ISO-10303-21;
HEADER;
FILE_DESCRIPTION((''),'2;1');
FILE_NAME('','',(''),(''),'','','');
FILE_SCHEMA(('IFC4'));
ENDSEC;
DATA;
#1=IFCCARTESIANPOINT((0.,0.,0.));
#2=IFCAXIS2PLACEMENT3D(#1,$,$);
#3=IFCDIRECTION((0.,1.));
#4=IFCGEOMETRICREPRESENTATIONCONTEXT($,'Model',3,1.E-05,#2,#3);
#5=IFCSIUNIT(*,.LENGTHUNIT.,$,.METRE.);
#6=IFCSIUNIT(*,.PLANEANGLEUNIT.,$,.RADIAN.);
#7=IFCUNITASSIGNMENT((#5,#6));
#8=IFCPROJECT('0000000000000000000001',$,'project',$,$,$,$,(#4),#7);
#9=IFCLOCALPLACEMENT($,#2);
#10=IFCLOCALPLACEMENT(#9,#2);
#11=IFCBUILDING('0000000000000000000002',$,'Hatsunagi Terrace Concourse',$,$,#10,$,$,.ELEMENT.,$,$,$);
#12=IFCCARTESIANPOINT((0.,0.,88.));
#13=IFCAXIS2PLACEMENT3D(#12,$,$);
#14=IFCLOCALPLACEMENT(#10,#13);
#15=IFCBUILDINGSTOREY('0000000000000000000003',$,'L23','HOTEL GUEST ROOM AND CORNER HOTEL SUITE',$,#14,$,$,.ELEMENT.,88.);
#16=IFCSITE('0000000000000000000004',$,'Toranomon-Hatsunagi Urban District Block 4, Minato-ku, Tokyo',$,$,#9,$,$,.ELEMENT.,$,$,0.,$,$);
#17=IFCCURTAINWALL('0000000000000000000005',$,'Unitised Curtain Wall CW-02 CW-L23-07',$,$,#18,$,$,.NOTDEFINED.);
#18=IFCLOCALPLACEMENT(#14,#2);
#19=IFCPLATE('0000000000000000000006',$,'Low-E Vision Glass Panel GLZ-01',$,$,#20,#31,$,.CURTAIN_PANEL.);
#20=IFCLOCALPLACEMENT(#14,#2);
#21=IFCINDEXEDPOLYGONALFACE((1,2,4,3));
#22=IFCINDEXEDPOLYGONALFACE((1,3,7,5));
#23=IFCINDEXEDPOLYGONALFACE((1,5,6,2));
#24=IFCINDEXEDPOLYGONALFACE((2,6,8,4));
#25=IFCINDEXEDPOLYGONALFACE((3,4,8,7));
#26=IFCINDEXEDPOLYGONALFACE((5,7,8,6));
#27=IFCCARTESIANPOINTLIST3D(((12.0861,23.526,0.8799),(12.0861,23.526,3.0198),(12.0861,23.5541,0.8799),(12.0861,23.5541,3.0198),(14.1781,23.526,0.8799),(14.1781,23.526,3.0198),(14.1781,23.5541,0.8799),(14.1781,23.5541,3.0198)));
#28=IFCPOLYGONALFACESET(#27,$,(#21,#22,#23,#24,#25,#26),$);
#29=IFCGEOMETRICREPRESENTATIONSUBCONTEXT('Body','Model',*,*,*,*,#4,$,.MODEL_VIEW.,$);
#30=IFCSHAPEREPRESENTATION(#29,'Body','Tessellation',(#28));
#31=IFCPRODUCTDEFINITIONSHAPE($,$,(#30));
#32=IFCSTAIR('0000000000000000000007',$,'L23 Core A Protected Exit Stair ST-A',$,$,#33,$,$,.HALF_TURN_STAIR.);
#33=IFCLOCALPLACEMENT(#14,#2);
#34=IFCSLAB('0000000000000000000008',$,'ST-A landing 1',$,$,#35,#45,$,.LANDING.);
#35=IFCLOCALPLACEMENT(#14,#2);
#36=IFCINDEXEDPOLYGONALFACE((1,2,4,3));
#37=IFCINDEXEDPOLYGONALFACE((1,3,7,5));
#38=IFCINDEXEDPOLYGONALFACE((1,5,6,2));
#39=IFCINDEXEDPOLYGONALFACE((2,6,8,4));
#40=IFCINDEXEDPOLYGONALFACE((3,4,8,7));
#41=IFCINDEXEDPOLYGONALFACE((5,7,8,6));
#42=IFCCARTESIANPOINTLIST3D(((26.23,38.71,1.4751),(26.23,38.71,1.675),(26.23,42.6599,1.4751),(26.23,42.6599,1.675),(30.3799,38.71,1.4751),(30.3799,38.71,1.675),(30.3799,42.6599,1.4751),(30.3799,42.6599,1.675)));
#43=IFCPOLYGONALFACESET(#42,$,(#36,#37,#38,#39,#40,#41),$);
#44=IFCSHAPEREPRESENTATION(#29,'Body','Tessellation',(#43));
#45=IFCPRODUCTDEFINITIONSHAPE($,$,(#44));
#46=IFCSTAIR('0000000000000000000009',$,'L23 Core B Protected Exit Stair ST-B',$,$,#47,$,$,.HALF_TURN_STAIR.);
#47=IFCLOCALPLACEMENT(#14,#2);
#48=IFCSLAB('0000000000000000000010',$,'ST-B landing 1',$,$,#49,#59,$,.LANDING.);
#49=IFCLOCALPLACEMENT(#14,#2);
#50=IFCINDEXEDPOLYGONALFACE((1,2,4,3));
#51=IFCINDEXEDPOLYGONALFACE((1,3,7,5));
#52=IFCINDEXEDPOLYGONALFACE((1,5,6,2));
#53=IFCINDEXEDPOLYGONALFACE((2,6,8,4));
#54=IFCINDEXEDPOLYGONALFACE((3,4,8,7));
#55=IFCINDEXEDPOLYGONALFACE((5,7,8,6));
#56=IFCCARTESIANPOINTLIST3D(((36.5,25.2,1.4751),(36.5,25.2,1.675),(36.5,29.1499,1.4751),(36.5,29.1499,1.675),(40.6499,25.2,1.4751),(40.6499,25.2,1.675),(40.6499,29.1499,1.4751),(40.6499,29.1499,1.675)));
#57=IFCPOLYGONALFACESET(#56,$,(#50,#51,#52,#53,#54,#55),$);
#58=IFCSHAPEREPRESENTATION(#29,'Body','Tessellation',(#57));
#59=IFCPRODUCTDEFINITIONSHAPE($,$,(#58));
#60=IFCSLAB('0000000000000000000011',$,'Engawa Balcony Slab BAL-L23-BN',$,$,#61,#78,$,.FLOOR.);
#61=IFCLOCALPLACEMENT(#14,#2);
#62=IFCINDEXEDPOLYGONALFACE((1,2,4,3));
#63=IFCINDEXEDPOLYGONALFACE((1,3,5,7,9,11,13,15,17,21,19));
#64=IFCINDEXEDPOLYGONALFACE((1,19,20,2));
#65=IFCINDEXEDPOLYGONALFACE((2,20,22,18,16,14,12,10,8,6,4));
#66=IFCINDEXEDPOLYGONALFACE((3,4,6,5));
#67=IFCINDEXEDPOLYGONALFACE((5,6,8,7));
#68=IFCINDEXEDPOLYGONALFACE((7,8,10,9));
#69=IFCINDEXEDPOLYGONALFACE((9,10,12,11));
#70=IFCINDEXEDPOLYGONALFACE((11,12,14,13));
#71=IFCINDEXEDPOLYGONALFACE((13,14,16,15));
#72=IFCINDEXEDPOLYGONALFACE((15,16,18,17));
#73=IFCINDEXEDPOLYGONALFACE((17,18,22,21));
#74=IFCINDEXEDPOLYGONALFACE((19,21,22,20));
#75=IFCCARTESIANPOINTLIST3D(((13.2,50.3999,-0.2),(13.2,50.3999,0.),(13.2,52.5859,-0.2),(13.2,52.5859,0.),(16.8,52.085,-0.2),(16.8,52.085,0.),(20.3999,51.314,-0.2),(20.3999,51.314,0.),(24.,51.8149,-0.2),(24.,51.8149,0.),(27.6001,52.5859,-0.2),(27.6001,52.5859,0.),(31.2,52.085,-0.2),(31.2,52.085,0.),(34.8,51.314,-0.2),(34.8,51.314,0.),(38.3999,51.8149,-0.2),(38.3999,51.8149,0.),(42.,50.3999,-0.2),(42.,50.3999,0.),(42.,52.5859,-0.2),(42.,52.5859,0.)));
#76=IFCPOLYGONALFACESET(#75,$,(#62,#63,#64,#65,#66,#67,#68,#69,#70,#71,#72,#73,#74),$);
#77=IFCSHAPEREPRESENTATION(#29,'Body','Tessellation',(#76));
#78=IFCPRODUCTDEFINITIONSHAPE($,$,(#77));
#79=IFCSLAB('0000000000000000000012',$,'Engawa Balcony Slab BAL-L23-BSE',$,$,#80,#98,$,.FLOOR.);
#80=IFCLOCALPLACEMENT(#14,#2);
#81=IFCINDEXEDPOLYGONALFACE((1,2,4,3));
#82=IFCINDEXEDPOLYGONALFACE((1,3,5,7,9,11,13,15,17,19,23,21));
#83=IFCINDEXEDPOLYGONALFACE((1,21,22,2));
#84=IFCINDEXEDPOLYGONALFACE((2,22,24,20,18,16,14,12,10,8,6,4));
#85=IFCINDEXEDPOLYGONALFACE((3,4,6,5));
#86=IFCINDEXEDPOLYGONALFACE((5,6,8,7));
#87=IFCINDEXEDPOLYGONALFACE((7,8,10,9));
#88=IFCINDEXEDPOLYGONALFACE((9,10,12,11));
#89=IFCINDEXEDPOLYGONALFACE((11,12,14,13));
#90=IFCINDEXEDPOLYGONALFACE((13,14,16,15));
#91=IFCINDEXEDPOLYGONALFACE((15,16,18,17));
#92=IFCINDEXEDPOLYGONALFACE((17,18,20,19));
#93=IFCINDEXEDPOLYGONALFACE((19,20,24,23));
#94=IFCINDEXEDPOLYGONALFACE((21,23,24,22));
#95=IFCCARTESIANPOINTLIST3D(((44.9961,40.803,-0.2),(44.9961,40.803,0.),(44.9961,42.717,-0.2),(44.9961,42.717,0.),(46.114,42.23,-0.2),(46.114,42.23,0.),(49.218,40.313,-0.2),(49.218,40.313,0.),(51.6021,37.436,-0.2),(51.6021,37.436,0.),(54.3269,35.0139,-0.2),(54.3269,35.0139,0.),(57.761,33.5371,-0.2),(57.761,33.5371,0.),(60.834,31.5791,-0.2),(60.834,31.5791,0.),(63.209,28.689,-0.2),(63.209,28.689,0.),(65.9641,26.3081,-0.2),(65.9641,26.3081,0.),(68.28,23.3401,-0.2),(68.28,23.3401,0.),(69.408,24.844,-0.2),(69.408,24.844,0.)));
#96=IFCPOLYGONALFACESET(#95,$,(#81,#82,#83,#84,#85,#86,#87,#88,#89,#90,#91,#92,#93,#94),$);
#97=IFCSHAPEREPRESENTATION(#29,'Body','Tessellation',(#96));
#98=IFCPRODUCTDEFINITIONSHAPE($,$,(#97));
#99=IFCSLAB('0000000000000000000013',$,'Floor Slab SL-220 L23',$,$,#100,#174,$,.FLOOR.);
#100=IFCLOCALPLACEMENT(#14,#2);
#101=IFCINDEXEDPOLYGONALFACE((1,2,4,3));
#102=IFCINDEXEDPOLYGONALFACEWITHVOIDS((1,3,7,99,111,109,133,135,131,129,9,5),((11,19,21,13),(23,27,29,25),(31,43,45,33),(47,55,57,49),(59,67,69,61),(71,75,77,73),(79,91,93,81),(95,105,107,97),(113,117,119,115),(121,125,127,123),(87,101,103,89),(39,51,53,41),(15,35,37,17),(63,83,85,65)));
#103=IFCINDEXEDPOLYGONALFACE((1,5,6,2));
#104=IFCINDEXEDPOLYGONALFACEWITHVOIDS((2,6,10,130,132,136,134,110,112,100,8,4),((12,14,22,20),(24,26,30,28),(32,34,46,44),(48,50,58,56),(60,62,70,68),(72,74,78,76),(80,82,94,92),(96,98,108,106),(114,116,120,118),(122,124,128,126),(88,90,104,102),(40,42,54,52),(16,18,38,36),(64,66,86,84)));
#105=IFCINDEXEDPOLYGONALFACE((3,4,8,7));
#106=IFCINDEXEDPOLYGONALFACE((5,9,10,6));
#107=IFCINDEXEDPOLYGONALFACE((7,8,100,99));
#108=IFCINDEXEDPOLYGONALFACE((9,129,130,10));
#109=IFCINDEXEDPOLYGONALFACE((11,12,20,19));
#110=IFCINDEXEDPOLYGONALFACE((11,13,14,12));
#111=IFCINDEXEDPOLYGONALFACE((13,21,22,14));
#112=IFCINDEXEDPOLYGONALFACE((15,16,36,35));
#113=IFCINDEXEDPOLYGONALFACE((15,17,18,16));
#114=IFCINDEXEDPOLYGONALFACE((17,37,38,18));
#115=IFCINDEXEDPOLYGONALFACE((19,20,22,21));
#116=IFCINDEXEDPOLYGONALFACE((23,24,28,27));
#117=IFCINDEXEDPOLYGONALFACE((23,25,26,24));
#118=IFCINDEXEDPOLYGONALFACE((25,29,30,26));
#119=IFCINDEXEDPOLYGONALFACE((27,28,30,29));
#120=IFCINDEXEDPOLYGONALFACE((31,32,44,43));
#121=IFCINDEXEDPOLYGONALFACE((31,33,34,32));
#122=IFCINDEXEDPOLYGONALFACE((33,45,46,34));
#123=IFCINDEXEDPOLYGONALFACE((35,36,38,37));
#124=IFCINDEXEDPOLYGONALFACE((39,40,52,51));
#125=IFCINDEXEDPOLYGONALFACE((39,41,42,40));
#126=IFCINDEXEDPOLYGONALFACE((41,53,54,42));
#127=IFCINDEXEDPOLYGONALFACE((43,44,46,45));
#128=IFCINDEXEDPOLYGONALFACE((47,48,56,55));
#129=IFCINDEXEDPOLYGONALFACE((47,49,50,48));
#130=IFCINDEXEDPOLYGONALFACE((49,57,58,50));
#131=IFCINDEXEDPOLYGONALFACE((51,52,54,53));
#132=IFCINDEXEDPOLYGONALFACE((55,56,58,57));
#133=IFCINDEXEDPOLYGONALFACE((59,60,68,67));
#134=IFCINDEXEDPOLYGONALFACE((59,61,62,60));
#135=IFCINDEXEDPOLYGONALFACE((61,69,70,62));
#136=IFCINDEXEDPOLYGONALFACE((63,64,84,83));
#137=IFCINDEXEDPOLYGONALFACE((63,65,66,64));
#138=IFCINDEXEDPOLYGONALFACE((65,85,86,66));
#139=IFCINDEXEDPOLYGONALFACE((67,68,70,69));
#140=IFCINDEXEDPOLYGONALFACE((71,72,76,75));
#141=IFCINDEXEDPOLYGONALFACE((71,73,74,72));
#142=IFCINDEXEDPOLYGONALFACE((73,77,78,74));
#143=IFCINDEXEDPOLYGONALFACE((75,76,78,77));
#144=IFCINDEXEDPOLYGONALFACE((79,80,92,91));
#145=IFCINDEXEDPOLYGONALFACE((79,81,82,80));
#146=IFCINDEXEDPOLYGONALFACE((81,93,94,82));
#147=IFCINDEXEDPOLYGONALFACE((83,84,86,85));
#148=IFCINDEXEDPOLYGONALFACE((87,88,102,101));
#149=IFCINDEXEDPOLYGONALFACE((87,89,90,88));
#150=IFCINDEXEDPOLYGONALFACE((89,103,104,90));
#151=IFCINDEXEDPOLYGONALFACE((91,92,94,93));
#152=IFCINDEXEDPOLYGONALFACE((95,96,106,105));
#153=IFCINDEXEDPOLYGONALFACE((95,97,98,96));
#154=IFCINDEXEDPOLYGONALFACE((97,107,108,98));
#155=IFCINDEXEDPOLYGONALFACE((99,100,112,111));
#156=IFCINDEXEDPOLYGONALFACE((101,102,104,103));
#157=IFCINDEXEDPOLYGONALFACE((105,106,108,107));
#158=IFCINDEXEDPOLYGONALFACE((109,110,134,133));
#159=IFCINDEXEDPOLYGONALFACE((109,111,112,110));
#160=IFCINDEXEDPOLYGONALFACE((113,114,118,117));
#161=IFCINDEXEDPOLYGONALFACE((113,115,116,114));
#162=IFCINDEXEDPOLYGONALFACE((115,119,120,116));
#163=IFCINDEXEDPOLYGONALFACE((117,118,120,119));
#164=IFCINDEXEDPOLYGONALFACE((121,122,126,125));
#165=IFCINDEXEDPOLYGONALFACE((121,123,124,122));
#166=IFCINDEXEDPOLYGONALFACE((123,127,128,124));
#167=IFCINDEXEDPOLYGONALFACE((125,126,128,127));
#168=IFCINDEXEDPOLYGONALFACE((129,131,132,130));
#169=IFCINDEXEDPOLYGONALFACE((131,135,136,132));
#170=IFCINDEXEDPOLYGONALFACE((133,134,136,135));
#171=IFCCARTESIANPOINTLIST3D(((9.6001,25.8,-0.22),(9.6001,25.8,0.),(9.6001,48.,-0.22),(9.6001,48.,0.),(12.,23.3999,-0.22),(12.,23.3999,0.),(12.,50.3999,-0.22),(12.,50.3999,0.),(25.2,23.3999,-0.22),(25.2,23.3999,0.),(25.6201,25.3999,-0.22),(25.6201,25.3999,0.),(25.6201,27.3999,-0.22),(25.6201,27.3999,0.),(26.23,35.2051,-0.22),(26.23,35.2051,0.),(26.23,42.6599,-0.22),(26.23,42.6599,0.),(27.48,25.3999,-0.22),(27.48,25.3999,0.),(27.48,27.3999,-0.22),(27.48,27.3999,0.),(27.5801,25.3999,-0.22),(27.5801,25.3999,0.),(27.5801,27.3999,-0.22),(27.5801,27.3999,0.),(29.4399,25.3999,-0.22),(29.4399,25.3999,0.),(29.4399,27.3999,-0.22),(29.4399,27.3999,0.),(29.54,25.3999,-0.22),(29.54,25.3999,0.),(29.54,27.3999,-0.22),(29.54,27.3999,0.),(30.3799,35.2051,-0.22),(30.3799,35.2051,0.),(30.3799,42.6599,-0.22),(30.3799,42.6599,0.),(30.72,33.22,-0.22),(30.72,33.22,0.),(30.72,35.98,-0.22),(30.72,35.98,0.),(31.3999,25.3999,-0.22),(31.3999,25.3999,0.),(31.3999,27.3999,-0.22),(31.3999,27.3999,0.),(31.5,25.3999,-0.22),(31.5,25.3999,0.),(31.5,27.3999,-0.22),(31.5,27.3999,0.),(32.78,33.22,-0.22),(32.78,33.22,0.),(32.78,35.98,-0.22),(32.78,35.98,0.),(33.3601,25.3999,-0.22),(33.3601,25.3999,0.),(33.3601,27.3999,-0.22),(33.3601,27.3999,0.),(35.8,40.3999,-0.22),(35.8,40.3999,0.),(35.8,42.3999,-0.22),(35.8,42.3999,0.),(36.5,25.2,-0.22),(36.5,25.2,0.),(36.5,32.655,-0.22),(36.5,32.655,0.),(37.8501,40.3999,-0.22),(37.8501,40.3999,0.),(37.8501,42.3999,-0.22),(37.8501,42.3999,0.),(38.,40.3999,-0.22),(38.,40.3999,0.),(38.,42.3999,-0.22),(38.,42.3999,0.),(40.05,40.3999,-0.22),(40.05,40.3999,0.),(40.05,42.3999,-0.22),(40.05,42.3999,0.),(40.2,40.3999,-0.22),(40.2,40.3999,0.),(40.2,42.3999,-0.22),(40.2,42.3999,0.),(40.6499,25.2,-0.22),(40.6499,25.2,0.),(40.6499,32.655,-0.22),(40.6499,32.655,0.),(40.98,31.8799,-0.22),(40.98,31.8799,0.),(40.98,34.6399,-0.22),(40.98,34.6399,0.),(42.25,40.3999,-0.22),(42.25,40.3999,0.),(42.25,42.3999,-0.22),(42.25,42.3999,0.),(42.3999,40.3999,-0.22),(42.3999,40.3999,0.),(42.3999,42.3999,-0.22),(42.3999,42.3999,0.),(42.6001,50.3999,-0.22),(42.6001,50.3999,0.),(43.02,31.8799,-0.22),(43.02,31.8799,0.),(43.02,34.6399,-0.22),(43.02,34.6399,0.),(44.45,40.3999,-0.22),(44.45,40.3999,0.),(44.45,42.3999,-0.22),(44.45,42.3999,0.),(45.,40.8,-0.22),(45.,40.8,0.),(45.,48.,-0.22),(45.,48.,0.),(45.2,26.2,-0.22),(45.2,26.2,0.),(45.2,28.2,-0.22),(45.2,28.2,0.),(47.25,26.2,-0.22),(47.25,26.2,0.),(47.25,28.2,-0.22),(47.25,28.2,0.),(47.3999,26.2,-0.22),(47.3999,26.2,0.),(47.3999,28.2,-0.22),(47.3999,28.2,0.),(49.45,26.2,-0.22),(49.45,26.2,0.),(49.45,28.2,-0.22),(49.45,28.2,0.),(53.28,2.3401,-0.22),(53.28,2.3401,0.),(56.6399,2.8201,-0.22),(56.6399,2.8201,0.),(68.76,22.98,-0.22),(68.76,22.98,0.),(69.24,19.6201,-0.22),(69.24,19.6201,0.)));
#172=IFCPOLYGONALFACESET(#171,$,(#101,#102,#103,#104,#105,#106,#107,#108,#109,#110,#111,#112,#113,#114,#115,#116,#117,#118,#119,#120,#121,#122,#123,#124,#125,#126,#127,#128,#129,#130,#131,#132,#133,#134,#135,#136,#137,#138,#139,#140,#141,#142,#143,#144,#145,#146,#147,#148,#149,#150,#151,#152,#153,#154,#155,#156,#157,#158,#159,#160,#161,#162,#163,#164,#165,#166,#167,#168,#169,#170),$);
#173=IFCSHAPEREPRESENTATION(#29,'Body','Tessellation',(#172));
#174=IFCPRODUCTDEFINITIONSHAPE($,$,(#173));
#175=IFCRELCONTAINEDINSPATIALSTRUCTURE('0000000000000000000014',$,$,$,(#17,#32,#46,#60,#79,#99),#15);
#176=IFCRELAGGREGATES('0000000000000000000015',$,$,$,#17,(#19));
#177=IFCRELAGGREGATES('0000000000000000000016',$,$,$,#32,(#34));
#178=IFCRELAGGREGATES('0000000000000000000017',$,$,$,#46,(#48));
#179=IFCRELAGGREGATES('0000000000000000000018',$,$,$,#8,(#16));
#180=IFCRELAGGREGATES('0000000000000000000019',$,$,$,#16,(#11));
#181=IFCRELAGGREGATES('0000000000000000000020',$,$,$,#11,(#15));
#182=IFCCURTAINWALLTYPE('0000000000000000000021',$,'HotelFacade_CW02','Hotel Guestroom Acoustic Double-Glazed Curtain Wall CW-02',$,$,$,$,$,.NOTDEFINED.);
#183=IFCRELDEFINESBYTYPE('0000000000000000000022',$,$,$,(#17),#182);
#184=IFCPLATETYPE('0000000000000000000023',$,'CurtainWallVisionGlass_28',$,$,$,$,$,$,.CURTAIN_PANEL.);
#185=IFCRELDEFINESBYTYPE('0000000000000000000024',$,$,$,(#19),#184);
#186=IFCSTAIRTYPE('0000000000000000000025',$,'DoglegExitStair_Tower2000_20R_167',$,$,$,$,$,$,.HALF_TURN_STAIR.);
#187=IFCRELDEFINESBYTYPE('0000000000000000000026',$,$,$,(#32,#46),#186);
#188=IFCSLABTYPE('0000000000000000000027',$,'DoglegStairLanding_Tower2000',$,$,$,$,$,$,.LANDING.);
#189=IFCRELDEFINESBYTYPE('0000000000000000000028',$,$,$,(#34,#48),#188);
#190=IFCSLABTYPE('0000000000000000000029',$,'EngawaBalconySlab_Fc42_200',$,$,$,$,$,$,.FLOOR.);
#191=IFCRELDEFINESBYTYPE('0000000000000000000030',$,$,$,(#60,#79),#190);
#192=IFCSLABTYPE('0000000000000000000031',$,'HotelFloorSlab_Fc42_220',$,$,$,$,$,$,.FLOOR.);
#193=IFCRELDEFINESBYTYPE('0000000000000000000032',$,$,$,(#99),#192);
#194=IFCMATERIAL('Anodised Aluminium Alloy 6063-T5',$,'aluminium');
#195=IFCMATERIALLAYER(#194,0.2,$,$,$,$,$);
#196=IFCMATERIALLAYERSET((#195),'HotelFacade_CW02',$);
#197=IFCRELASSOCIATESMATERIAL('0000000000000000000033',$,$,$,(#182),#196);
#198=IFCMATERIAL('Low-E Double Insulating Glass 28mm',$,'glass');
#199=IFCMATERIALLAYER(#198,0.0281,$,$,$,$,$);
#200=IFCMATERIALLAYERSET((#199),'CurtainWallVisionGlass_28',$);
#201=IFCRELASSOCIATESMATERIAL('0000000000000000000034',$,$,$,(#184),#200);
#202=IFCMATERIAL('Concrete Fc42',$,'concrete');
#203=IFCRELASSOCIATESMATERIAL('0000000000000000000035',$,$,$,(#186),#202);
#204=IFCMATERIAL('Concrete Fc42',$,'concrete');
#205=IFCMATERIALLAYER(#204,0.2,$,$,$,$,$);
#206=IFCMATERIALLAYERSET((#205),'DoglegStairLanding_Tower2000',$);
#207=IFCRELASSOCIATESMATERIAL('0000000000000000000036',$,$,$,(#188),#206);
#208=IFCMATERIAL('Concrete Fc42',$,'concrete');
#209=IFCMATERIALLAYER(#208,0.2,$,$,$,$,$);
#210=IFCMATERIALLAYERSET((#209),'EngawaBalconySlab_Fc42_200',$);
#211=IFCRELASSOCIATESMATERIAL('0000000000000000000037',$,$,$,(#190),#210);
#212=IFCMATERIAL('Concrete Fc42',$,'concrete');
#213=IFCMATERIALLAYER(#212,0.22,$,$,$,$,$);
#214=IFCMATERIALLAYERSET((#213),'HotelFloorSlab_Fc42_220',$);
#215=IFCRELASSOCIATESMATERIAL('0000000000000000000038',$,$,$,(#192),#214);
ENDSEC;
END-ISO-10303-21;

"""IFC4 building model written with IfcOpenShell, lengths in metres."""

from ifc_helpers import new_model, si_unit, direction, frame, origin, origin_2d, place, context, subcontext, project, spatial, polyline, rectangle, outline, extrude, material, layer, layer_set, type_object, element, aggregate, save


model = new_model("IFC4")

# Units and contexts
model_context = context("Model", 3, precision=1e-05, world=origin(), true_north=direction((0.0, 1.0)))
body_context = subcontext(model_context, "Body", "Model", "MODEL_VIEW")
ifc_project = project(units=[si_unit("LENGTHUNIT", "METRE"), si_unit("PLANEANGLEUNIT", "RADIAN")], contexts=[model_context])

# Site, building, storey
site_placement = place(None, origin())
site = spatial("IfcSite", under=ifc_project, at=site_placement, Name="Toranomon-Hatsunagi Urban District Block 4, Minato-ku, Tokyo", CompositionType="ELEMENT", RefElevation=0.0)
building_placement = place(site_placement, origin())
building = spatial("IfcBuilding", under=site, at=building_placement, Name="Hatsunagi Terrace Concourse", CompositionType="ELEMENT")
storey_placement = place(building_placement, frame((0.0, 0.0, 88.0)))
storey = spatial("IfcBuildingStorey", under=building, at=storey_placement, Name="L23", Description="HOTEL GUEST ROOM AND CORNER HOTEL SUITE", CompositionType="ELEMENT", Elevation=88.0)

# Shared definitions
ifc_material_1 = material(Name="Anodised Aluminium Alloy 6063-T5", Category="aluminium")
ifc_layer_1 = layer(ifc_material_1, 0.2)
ifc_layer_set_1 = layer_set([ifc_layer_1], Name="HotelFacade_CW02")
curtain_wall_type = type_object("IfcCurtainWallType", Name="HotelFacade_CW02", Description="Hotel Guestroom Acoustic Double-Glazed Curtain Wall CW-02", PredefinedType="NOTDEFINED", material=ifc_layer_set_1)

# Curtain wall, plate
curtain_wall_1_placement = place(storey_placement, origin())
curtain_wall_1 = element("IfcCurtainWall", 1, at=curtain_wall_1_placement, inside=storey, type_object=curtain_wall_type, Name="Unitised Curtain Wall CW-02 CW-L23-07", PredefinedType="NOTDEFINED")
ifc_material_2 = material(Name="Low-E Double Insulating Glass 28mm", Category="glass")
ifc_layer_2 = layer(ifc_material_2, 0.0281)
ifc_layer_set_2 = layer_set([ifc_layer_2], Name="CurtainWallVisionGlass_28")
plate_type_1 = type_object("IfcPlateType", Name="CurtainWallVisionGlass_28", PredefinedType="CURTAIN_PANEL", material=ifc_layer_set_2)
plate_1_placement = place(storey_placement, frame((13.1321, 23.54, 0.8799), z_axis=(0.0, 0.0, 1.0), x_axis=(-1.0, 0.0, 0.0)))
plate_1 = element("IfcPlate", 2, at=plate_1_placement, type_object=plate_type_1, Name="Low-E Vision Glass Panel GLZ-01", PredefinedType="CURTAIN_PANEL", context=body_context, shape_type="SweptSolid", body=[
    extrude(rectangle(XDim=2.092, YDim=0.0281, at=origin_2d()), origin(), (0.0, 0.0, 1.0), 2.1399),
])
aggregate(curtain_wall_1, [plate_1])

# Stairs, slabs
ifc_material_3 = material(Name="Concrete Fc42", Category="concrete")
stair_type = type_object("IfcStairType", Name="DoglegExitStair_Tower2000_20R_167", PredefinedType="HALF_TURN_STAIR", material=ifc_material_3)
stair_1_placement = place(storey_placement, origin())
stair_1 = element("IfcStair", 3, at=stair_1_placement, inside=storey, type_object=stair_type, Name="L23 Core A Protected Exit Stair ST-A", PredefinedType="HALF_TURN_STAIR")
ifc_material_4 = material(Name="Concrete Fc42", Category="concrete")
ifc_layer_3 = layer(ifc_material_4, 0.2)
ifc_layer_set_3 = layer_set([ifc_layer_3], Name="DoglegStairLanding_Tower2000")
slab_type_1 = type_object("IfcSlabType", Name="DoglegStairLanding_Tower2000", PredefinedType="LANDING", material=ifc_layer_set_3)
slab_1_placement = place(storey_placement, frame((0.0, 0.0, 1.4751)))
slab_1 = element("IfcSlab", 4, at=slab_1_placement, type_object=slab_type_1, Name="ST-A landing 1", PredefinedType="LANDING", context=body_context, shape_type="SweptSolid", body=[
    extrude(outline(polyline([(30.3799, 38.71), (30.3799, 42.6599), (26.23, 42.6599), (26.23, 38.71), (30.3799, 38.71)])), origin(), (0.0, 0.0, 1.0), 0.2),
])
aggregate(stair_1, [slab_1])
stair_2_placement = place(storey_placement, origin())
stair_2 = element("IfcStair", 5, at=stair_2_placement, inside=storey, type_object=stair_type, Name="L23 Core B Protected Exit Stair ST-B", PredefinedType="HALF_TURN_STAIR")
slab_2_placement = place(storey_placement, frame((0.0, 0.0, 1.4751)))
slab_2 = element("IfcSlab", 6, at=slab_2_placement, type_object=slab_type_1, Name="ST-B landing 1", PredefinedType="LANDING", context=body_context, shape_type="SweptSolid", body=[
    extrude(outline(polyline([(36.5, 29.1499), (36.5, 25.2), (40.6499, 25.2), (40.6499, 29.1499), (36.5, 29.1499)])), origin(), (0.0, 0.0, 1.0), 0.2),
])
aggregate(stair_2, [slab_2])

# Slabs
ifc_material_5 = material(Name="Concrete Fc42", Category="concrete")
ifc_layer_4 = layer(ifc_material_5, 0.2)
ifc_layer_set_4 = layer_set([ifc_layer_4], Name="EngawaBalconySlab_Fc42_200")
slab_type_2 = type_object("IfcSlabType", Name="EngawaBalconySlab_Fc42_200", PredefinedType="FLOOR", material=ifc_layer_set_4)
slab_3_placement = place(storey_placement, frame((0.0, 0.0, -0.2)))
element("IfcSlab", 7, at=slab_3_placement, inside=storey, type_object=slab_type_2, Name="Engawa Balcony Slab BAL-L23-BN", PredefinedType="FLOOR", context=body_context, shape_type="SweptSolid", body=[
    extrude(outline(polyline([(13.2, 52.5859), (13.2, 50.3999), (42.0, 50.3999), (42.0, 52.5859), (38.3999, 51.8149), (34.8, 51.314), (31.2, 52.085), (27.6001, 52.5859), (24.0, 51.8149), (20.3999, 51.314), (16.8, 52.085), (13.2, 52.5859)])), origin(), (0.0, 0.0, 1.0), 0.2),
])
slab_4_placement = place(storey_placement, frame((0.0, 0.0, -0.2)))
element("IfcSlab", 8, at=slab_4_placement, inside=storey, type_object=slab_type_2, Name="Engawa Balcony Slab BAL-L23-BSE", PredefinedType="FLOOR", context=body_context, shape_type="SweptSolid", body=[
    extrude(outline(polyline([(46.114, 42.23), (44.9961, 42.717), (44.9961, 40.803), (68.28, 23.3401), (69.408, 24.844), (65.9641, 26.3081), (63.209, 28.689), (60.834, 31.5791), (57.761, 33.5371), (54.3269, 35.0139), (51.6021, 37.436), (49.218, 40.313), (46.114, 42.23)])), origin(), (0.0, 0.0, 1.0), 0.2),
])
ifc_material_6 = material(Name="Concrete Fc42", Category="concrete")
ifc_layer_5 = layer(ifc_material_6, 0.22)
ifc_layer_set_5 = layer_set([ifc_layer_5], Name="HotelFloorSlab_Fc42_220")
slab_type_3 = type_object("IfcSlabType", Name="HotelFloorSlab_Fc42_220", PredefinedType="FLOOR", material=ifc_layer_set_5)
slab_5_placement = place(storey_placement, frame((0.0, 0.0, -0.22)))
element("IfcSlab", 9, at=slab_5_placement, inside=storey, type_object=slab_type_3, Name="Floor Slab SL-220 L23", PredefinedType="FLOOR", context=body_context, shape_type="SweptSolid", body=[
    extrude(outline(polyline([(45.0, 40.8), (45.0, 48.0), (42.6001, 50.3999), (12.0, 50.3999), (9.6001, 48.0), (9.6001, 25.8), (12.0, 23.3999), (25.2, 23.3999), (53.28, 2.3401), (56.6399, 2.8201), (69.24, 19.6201), (68.76, 22.98), (45.0, 40.8)]), holes=[polyline([(26.23, 35.2051), (30.3799, 35.2051), (30.3799, 42.6599), (26.23, 42.6599), (26.23, 35.2051)]), polyline([(36.5, 25.2), (40.6499, 25.2), (40.6499, 32.655), (36.5, 32.655), (36.5, 25.2)]), polyline([(30.72, 33.22), (32.78, 33.22), (32.78, 35.98), (30.72, 35.98), (30.72, 33.22)]), polyline([(40.98, 31.8799), (43.02, 31.8799), (43.02, 34.6399), (40.98, 34.6399), (40.98, 31.8799)]), polyline([(25.6201, 25.3999), (27.48, 25.3999), (27.48, 27.3999), (25.6201, 27.3999), (25.6201, 25.3999)]), polyline([(27.5801, 25.3999), (29.4399, 25.3999), (29.4399, 27.3999), (27.5801, 27.3999), (27.5801, 25.3999)]), polyline([(29.54, 25.3999), (31.3999, 25.3999), (31.3999, 27.3999), (29.54, 27.3999), (29.54, 25.3999)]), polyline([(31.5, 25.3999), (33.3601, 25.3999), (33.3601, 27.3999), (31.5, 27.3999), (31.5, 25.3999)]), polyline([(35.8, 40.3999), (37.8501, 40.3999), (37.8501, 42.3999), (35.8, 42.3999), (35.8, 40.3999)]), polyline([(38.0, 40.3999), (40.05, 40.3999), (40.05, 42.3999), (38.0, 42.3999), (38.0, 40.3999)]), polyline([(40.2, 40.3999), (42.25, 40.3999), (42.25, 42.3999), (40.2, 42.3999), (40.2, 40.3999)]), polyline([(42.3999, 40.3999), (44.45, 40.3999), (44.45, 42.3999), (42.3999, 42.3999), (42.3999, 40.3999)]), polyline([(45.2, 26.2), (47.25, 26.2), (47.25, 28.2), (45.2, 28.2), (45.2, 26.2)]), polyline([(47.3999, 26.2), (49.45, 26.2), (49.45, 28.2), (47.3999, 28.2), (47.3999, 26.2)])]), origin(), (0.0, 0.0, 1.0), 0.22),
])

save(model, "model.ifc")
